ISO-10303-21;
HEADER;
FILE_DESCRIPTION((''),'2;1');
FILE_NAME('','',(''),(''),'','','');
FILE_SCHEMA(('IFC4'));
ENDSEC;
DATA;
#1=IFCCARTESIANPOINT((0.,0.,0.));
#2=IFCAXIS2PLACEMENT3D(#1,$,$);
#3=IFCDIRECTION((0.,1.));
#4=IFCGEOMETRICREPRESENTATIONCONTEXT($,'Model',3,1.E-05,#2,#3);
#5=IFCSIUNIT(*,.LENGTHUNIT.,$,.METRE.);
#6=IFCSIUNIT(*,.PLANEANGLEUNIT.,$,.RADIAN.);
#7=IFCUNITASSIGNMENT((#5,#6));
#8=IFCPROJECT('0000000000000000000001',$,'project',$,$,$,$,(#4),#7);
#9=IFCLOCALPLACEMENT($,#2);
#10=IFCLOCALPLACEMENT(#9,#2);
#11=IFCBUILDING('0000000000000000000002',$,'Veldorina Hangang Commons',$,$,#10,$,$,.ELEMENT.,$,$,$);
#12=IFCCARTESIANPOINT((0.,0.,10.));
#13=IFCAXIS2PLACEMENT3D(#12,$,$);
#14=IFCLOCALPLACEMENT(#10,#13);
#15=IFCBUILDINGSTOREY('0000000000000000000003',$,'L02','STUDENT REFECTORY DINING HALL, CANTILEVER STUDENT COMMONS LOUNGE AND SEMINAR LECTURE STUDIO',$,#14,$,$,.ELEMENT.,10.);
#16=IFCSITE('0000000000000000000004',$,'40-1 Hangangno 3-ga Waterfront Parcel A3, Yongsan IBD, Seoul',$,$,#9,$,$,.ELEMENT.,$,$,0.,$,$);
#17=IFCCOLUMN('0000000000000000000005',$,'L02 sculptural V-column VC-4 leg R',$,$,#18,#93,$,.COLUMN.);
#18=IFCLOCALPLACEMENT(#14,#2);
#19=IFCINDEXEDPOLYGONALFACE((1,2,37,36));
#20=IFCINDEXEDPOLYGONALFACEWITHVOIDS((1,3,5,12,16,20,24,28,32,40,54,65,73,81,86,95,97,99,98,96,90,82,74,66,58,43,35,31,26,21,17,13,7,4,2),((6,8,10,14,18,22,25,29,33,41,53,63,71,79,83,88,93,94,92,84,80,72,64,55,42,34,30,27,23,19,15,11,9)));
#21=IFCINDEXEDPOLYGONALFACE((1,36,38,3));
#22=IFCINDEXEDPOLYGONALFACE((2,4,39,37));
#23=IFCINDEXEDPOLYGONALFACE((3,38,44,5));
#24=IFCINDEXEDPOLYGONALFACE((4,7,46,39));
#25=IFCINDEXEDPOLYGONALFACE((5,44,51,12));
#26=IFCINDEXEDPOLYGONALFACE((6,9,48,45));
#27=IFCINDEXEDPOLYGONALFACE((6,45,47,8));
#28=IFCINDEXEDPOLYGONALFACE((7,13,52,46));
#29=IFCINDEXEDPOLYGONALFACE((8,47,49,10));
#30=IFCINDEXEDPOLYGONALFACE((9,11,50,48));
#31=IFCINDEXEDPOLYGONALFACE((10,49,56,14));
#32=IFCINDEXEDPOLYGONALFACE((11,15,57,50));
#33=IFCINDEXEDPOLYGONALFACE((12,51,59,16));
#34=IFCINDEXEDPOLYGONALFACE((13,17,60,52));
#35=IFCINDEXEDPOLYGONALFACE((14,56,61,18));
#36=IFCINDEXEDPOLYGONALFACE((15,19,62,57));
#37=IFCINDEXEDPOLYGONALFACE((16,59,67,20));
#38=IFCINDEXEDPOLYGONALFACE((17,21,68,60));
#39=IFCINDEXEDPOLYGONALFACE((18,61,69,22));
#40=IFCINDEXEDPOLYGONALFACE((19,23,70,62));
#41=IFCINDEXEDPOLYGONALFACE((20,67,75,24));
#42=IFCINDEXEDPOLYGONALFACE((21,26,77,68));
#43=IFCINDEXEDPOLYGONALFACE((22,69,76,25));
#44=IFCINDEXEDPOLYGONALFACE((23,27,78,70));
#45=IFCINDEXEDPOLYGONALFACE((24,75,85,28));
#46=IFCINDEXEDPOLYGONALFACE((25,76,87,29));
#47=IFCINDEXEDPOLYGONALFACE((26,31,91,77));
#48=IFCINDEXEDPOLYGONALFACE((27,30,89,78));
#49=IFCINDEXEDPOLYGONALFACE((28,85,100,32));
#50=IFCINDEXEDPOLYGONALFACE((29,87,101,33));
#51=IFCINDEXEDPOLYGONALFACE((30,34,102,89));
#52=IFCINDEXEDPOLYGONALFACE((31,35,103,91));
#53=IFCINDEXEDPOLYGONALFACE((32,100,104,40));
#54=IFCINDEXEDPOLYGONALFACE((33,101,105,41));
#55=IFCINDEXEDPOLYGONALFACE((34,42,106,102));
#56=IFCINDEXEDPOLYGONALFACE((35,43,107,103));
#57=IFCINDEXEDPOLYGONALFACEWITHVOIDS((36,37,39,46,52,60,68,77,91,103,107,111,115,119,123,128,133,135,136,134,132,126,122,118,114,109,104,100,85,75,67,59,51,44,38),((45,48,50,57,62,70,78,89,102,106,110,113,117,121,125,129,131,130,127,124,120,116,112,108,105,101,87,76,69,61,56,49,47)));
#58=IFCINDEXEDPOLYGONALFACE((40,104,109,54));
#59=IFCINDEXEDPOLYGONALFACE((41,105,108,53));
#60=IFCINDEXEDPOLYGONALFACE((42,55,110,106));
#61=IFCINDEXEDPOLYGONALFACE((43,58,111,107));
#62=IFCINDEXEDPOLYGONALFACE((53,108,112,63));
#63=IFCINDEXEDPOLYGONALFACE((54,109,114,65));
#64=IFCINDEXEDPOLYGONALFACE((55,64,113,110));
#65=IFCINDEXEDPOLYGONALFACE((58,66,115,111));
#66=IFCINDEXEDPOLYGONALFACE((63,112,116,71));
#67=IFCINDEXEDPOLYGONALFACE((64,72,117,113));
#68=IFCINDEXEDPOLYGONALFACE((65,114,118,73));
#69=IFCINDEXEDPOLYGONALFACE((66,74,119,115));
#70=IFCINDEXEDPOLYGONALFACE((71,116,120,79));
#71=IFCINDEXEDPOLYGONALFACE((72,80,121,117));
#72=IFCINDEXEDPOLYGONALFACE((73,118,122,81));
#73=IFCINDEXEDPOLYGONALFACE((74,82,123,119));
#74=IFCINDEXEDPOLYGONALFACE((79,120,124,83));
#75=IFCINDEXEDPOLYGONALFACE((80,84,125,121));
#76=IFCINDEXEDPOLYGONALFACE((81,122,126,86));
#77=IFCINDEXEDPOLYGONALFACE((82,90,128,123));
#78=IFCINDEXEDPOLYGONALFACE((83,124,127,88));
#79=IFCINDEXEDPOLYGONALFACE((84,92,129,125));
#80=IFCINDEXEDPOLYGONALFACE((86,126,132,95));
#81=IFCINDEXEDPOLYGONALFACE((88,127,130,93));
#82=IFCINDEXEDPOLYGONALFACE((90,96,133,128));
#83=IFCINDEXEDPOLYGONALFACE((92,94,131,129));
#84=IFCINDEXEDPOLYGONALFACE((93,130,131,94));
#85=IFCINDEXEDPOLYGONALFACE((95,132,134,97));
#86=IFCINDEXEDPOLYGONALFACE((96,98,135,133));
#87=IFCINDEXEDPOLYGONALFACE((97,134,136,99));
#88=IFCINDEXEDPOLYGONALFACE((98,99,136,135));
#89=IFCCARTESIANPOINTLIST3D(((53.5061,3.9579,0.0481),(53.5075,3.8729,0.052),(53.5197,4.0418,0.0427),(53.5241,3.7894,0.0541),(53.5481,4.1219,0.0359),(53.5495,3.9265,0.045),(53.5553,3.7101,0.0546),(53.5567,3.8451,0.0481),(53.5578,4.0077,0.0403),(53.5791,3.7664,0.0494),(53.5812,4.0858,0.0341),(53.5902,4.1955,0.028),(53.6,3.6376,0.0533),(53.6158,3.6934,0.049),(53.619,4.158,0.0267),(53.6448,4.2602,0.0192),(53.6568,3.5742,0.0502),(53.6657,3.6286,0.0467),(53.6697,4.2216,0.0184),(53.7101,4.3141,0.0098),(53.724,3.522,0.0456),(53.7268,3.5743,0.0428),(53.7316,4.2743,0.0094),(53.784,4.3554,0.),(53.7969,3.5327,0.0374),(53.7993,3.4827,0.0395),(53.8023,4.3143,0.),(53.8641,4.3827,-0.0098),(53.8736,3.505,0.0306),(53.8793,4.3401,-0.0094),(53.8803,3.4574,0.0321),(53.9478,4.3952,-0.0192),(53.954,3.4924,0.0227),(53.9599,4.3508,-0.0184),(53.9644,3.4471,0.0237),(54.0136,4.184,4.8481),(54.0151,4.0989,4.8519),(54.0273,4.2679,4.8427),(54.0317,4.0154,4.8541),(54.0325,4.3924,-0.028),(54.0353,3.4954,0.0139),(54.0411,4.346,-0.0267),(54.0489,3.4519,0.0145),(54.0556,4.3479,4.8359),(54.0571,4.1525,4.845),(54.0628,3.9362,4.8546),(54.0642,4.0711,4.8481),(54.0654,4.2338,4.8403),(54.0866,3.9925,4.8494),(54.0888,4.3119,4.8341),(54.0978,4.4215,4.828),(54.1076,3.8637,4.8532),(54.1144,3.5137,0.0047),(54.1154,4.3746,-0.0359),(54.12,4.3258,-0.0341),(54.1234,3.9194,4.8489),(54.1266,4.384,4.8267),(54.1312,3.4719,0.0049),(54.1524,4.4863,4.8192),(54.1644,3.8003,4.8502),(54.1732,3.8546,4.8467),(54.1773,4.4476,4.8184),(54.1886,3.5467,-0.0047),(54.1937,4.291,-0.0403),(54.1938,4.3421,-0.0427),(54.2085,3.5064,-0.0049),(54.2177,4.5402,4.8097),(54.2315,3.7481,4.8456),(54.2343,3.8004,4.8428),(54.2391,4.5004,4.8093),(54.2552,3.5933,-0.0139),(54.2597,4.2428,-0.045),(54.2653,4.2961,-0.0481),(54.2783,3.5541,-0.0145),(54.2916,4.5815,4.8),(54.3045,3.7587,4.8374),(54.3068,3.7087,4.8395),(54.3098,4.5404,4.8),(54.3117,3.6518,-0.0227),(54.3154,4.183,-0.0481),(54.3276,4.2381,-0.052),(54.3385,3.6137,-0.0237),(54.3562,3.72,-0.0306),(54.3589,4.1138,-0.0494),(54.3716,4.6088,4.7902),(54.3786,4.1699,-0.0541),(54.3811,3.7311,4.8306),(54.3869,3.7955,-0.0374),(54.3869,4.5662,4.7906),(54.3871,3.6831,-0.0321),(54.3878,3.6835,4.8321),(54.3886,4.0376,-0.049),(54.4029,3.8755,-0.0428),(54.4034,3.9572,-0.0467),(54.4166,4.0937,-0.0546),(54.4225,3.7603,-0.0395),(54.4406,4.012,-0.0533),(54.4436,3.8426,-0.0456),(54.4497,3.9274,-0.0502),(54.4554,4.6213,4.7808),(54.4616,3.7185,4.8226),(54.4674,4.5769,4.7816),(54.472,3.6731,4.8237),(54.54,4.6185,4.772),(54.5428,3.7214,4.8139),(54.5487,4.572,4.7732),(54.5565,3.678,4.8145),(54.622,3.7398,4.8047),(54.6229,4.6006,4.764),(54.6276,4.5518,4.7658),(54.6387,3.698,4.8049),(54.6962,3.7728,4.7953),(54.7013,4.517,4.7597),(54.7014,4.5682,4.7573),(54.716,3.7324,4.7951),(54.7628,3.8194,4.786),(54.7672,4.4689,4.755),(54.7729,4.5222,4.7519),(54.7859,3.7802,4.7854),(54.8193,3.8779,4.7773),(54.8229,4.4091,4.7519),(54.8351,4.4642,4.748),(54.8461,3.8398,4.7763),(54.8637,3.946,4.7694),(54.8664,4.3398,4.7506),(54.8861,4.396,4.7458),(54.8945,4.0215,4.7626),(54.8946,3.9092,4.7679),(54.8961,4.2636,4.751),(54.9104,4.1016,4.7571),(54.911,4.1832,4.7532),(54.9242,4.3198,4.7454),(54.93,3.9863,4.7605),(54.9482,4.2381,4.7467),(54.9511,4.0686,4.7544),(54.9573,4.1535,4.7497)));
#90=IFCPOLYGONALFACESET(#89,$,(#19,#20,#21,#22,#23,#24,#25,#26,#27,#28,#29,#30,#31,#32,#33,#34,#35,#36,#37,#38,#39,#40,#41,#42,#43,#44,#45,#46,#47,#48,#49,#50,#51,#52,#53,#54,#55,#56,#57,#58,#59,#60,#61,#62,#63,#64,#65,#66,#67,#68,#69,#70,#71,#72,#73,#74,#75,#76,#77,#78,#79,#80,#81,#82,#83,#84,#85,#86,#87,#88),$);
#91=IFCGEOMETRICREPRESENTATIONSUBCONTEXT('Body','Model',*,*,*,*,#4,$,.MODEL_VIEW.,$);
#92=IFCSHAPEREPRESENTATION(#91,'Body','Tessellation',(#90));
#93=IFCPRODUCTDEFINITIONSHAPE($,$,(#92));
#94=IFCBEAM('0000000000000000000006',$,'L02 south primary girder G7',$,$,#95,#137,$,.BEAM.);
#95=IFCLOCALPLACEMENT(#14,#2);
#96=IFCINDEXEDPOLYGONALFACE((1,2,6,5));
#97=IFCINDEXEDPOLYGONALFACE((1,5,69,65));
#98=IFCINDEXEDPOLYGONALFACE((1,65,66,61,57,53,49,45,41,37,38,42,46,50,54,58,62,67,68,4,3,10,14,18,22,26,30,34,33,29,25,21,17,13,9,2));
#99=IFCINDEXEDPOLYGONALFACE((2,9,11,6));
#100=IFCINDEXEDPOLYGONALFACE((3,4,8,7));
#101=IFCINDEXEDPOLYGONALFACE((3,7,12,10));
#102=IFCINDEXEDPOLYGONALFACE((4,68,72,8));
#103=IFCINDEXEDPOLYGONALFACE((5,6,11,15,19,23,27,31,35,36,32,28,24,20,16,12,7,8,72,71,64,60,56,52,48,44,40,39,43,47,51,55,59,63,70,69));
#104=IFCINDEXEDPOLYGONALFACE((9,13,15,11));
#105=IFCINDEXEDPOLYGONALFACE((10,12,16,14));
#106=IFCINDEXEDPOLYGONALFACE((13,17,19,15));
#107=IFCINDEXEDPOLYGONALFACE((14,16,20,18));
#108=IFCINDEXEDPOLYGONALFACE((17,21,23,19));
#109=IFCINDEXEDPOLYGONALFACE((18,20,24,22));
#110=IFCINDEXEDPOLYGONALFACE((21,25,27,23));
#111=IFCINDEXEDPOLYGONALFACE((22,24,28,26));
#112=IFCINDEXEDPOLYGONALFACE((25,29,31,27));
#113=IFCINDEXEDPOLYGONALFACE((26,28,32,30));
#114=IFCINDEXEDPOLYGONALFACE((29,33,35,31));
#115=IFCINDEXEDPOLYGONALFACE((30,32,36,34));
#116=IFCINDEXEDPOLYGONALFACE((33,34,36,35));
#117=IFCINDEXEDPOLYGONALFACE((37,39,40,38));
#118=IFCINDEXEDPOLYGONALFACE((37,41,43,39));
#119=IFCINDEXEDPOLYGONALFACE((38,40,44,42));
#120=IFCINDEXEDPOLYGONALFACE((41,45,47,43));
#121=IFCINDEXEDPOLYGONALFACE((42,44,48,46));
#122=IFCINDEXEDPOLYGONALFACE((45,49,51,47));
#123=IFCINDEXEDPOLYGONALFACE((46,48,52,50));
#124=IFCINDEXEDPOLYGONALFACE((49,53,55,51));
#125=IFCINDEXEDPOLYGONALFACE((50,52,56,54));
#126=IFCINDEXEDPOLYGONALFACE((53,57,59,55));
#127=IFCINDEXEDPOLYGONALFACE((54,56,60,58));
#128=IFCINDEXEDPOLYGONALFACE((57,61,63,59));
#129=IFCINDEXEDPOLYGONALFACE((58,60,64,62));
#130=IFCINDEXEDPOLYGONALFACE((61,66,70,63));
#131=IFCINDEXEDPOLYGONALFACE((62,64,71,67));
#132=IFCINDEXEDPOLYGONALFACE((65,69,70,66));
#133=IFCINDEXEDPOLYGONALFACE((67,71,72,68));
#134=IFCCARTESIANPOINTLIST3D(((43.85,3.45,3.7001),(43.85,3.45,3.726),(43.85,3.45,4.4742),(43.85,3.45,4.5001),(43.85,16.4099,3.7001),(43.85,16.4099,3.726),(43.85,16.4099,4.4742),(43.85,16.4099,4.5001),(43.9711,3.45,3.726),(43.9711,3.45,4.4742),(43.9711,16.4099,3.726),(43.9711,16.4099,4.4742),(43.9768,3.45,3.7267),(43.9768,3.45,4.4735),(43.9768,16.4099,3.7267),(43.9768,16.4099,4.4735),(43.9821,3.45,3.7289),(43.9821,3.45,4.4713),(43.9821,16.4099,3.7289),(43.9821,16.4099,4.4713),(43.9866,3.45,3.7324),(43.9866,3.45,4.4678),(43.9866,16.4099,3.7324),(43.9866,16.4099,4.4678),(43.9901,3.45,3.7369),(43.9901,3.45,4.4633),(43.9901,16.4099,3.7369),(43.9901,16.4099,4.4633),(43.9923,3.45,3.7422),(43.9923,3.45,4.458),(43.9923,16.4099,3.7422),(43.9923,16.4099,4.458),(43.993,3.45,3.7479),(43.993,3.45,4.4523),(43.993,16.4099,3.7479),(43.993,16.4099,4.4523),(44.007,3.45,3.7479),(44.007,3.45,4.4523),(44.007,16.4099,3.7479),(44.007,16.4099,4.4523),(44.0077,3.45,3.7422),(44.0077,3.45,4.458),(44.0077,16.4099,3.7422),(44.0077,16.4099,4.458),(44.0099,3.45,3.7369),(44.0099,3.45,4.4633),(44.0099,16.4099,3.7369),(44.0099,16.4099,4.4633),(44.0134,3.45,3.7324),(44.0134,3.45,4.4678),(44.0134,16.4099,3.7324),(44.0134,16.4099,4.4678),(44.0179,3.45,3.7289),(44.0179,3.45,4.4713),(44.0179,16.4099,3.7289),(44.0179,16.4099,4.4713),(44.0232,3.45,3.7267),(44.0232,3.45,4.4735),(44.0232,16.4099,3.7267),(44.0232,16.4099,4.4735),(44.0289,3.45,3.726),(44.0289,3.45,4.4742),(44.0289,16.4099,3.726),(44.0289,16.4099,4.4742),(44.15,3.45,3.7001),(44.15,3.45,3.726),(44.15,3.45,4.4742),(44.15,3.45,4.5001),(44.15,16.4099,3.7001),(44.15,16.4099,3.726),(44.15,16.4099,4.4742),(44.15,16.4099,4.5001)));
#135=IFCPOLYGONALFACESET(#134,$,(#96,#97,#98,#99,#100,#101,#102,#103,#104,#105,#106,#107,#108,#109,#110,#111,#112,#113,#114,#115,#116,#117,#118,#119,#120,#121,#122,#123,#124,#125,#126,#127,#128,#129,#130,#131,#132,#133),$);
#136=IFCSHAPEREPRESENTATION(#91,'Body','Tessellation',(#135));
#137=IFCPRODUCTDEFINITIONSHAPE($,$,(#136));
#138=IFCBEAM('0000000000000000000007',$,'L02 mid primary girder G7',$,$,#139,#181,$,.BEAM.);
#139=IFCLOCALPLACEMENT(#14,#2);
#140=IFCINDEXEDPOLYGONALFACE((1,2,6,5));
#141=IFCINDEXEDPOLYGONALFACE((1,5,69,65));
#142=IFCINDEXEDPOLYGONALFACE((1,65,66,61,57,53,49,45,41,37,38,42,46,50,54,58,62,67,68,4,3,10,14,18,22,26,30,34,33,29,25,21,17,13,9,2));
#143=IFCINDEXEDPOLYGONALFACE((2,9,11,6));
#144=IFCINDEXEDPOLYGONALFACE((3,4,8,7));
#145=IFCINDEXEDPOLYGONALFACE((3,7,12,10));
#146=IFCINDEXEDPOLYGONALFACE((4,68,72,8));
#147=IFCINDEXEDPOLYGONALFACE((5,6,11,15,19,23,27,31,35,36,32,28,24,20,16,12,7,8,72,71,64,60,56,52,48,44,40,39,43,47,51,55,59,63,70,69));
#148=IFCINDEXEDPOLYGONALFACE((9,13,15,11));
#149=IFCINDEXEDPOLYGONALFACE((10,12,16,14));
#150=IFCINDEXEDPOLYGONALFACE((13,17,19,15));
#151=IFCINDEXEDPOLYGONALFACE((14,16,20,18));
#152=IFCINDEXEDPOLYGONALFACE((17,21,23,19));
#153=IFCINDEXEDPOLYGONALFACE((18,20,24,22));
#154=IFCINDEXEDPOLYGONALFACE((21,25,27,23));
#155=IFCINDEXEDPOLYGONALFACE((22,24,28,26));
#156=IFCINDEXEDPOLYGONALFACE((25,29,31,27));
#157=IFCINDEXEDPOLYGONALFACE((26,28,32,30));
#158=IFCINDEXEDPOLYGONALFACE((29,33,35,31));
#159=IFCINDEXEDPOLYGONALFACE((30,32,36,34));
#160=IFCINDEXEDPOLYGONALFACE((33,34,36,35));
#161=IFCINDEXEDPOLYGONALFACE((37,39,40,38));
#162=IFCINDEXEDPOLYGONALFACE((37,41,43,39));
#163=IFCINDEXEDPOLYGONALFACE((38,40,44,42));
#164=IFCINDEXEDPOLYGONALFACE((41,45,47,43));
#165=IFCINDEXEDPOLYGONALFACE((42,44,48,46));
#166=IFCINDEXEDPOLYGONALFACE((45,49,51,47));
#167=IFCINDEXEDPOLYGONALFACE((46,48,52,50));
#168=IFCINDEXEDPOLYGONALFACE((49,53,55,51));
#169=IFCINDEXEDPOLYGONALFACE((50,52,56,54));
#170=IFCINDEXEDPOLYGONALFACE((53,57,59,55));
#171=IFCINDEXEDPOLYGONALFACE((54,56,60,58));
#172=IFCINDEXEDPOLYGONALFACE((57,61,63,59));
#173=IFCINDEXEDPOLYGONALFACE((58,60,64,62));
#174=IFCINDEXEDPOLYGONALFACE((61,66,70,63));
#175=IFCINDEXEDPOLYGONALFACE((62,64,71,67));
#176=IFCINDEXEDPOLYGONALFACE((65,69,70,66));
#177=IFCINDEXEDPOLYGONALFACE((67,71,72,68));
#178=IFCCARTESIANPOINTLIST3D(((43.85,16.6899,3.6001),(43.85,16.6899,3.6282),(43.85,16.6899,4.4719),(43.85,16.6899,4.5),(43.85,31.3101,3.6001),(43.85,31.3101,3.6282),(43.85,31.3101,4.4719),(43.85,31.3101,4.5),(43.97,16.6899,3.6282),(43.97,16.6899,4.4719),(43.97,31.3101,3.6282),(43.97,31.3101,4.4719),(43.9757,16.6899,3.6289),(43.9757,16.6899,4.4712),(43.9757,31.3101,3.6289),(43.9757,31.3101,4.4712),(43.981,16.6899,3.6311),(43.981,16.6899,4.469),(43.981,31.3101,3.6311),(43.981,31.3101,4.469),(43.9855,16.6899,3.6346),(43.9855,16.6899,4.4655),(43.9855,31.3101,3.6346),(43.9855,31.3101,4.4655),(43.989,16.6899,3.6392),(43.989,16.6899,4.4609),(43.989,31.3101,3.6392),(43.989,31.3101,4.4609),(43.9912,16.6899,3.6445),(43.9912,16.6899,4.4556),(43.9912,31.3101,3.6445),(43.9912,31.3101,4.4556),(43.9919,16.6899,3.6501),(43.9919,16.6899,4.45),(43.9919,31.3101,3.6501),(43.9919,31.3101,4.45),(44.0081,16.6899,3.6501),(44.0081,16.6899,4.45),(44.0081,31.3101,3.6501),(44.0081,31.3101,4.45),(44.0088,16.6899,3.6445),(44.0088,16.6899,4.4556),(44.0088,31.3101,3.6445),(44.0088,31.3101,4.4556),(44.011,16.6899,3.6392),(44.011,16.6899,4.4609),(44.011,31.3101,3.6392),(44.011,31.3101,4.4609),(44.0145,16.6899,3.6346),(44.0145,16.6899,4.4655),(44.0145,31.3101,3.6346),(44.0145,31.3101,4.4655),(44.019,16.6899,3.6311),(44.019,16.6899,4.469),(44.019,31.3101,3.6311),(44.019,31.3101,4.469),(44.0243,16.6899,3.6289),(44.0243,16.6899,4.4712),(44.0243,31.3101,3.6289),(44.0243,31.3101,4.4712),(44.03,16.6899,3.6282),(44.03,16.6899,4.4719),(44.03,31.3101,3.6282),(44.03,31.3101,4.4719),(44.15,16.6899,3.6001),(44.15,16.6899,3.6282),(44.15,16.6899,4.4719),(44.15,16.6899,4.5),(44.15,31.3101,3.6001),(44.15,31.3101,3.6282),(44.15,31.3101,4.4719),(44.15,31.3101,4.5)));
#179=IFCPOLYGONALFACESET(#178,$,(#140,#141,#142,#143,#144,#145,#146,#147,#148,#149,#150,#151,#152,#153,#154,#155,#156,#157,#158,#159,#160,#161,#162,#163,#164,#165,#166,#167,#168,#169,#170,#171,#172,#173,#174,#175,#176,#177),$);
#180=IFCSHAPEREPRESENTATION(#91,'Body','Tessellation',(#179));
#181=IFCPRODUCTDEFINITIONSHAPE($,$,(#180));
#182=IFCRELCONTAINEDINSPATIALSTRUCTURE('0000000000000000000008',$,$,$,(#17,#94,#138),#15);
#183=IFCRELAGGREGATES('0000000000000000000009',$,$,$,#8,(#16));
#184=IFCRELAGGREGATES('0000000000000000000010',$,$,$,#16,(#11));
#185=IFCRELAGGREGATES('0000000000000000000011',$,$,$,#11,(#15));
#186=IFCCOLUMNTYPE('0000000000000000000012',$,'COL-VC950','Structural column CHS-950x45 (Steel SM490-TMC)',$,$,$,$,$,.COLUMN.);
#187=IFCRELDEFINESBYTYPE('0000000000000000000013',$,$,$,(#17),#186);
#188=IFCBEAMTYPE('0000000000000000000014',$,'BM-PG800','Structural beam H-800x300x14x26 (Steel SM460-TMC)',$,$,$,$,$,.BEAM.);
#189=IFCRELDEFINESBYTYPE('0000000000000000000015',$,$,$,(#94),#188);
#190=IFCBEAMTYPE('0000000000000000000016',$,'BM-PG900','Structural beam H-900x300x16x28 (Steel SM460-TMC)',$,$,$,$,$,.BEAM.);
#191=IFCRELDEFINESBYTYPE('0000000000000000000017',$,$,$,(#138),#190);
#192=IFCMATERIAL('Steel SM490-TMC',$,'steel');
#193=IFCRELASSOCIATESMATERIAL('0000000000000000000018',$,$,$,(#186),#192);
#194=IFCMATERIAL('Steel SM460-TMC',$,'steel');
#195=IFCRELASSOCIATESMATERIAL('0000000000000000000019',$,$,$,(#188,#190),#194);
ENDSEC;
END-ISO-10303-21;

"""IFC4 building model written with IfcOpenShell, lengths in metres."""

from ifc_helpers import new_model, si_unit, direction, frame, origin, origin_2d, place, context, subcontext, project, spatial, hollow_circle, i_section, extrude, material, material_profile, profile_set, type_object, element, save


model = new_model("IFC4")

# Units and contexts
model_context = context("Model", 3, precision=1e-05, world=origin(), true_north=direction((0.0, 1.0)))
body_context = subcontext(model_context, "Body", "Model", "MODEL_VIEW")
ifc_project = project(units=[si_unit("LENGTHUNIT", "METRE"), si_unit("PLANEANGLEUNIT", "RADIAN")], contexts=[model_context])

# Site, building, storey
site_placement = place(None, origin())
site = spatial("IfcSite", under=ifc_project, at=site_placement, Name="40-1 Hangangno 3-ga Waterfront Parcel A3, Yongsan IBD, Seoul", CompositionType="ELEMENT", RefElevation=0.0)
building_placement = place(site_placement, origin())
building = spatial("IfcBuilding", under=site, at=building_placement, Name="Veldorina Hangang Commons", CompositionType="ELEMENT")
storey_placement = place(building_placement, frame((0.0, 0.0, 10.0)))
storey = spatial("IfcBuildingStorey", under=building, at=storey_placement, Name="L02", Description="STUDENT REFECTORY DINING HALL, CANTILEVER STUDENT COMMONS LOUNGE AND SEMINAR LECTURE STUDIO", CompositionType="ELEMENT", Elevation=10.0)

# Column
ifc_material_1 = material(Name="Steel SM490-TMC", Category="steel")
ifc_material_profile_1 = material_profile(ifc_material_1, hollow_circle(Radius=0.4751, WallThickness=0.0449, at=origin_2d()), Name="CHS-950x45")
ifc_profile_set_1 = profile_set([ifc_material_profile_1], Name="Steel SM490-TMC")
column_type_1 = type_object("IfcColumnType", Name="COL-VC950", Description="Structural column CHS-950x45 (Steel SM490-TMC)", PredefinedType="COLUMN", material=ifc_profile_set_1)
for number, where, z_axis, x_axis, name in (
    (1, (53.9773, 3.9214, 0.0), (0.105041, 0.046786, 0.993367), (-0.406872, 0.913485, 0.0), "L02 sculptural V-column VC-4 leg R"),
):
    element("IfcColumn", number, at=place(storey_placement, frame(where, z_axis=z_axis, x_axis=x_axis)), inside=storey, type_object=column_type_1, Name=name, PredefinedType="COLUMN", context=body_context, shape_type="SweptSolid", body=[
        extrude(hollow_circle(Radius=0.4751, WallThickness=0.0449, at=origin_2d()), origin(), (0.0, 0.0, 1.0), 4.832),
    ])

# Beams
ifc_material_2 = material(Name="Steel SM460-TMC", Category="steel")
ifc_material_profile_2 = material_profile(ifc_material_2, i_section(OverallWidth=0.3, OverallDepth=0.8, WebThickness=0.0139, FlangeThickness=0.0259, FilletRadius=0.022, at=origin_2d()), Name="H-800x300x14x26")
ifc_profile_set_2 = profile_set([ifc_material_profile_2], Name="Steel SM460-TMC")
beam_type_1 = type_object("IfcBeamType", Name="BM-PG800", Description="Structural beam H-800x300x14x26 (Steel SM460-TMC)", PredefinedType="BEAM", material=ifc_profile_set_2)
beam_1_placement = place(storey_placement, frame((44.0, 3.45, 4.1001), z_axis=(0.0, 1.0, 0.0), x_axis=(-1.0, 0.0, 0.0)))
element("IfcBeam", 2, at=beam_1_placement, inside=storey, type_object=beam_type_1, Name="L02 south primary girder G7", PredefinedType="BEAM", context=body_context, shape_type="SweptSolid", body=[
    extrude(i_section(OverallWidth=0.3, OverallDepth=0.8, WebThickness=0.0139, FlangeThickness=0.0259, FilletRadius=0.022, at=origin_2d()), origin(), (0.0, 0.0, 1.0), 12.96),
])
ifc_material_profile_3 = material_profile(ifc_material_2, i_section(OverallWidth=0.3, OverallDepth=0.8999, WebThickness=0.0161, FlangeThickness=0.0281, FilletRadius=0.022, at=origin_2d()), Name="H-900x300x16x28")
ifc_profile_set_3 = profile_set([ifc_material_profile_3], Name="Steel SM460-TMC")
beam_type_2 = type_object("IfcBeamType", Name="BM-PG900", Description="Structural beam H-900x300x16x28 (Steel SM460-TMC)", PredefinedType="BEAM", material=ifc_profile_set_3)
beam_2_placement = place(storey_placement, frame((44.0, 16.6899, 4.05), z_axis=(0.0, 1.0, 0.0), x_axis=(-1.0, 0.0, 0.0)))
element("IfcBeam", 3, at=beam_2_placement, inside=storey, type_object=beam_type_2, Name="L02 mid primary girder G7", PredefinedType="BEAM", context=body_context, shape_type="SweptSolid", body=[
    extrude(i_section(OverallWidth=0.3, OverallDepth=0.8999, WebThickness=0.0161, FlangeThickness=0.0281, FilletRadius=0.022, at=origin_2d()), origin(), (0.0, 0.0, 1.0), 14.6201),
])

save(model, "model.ifc")
